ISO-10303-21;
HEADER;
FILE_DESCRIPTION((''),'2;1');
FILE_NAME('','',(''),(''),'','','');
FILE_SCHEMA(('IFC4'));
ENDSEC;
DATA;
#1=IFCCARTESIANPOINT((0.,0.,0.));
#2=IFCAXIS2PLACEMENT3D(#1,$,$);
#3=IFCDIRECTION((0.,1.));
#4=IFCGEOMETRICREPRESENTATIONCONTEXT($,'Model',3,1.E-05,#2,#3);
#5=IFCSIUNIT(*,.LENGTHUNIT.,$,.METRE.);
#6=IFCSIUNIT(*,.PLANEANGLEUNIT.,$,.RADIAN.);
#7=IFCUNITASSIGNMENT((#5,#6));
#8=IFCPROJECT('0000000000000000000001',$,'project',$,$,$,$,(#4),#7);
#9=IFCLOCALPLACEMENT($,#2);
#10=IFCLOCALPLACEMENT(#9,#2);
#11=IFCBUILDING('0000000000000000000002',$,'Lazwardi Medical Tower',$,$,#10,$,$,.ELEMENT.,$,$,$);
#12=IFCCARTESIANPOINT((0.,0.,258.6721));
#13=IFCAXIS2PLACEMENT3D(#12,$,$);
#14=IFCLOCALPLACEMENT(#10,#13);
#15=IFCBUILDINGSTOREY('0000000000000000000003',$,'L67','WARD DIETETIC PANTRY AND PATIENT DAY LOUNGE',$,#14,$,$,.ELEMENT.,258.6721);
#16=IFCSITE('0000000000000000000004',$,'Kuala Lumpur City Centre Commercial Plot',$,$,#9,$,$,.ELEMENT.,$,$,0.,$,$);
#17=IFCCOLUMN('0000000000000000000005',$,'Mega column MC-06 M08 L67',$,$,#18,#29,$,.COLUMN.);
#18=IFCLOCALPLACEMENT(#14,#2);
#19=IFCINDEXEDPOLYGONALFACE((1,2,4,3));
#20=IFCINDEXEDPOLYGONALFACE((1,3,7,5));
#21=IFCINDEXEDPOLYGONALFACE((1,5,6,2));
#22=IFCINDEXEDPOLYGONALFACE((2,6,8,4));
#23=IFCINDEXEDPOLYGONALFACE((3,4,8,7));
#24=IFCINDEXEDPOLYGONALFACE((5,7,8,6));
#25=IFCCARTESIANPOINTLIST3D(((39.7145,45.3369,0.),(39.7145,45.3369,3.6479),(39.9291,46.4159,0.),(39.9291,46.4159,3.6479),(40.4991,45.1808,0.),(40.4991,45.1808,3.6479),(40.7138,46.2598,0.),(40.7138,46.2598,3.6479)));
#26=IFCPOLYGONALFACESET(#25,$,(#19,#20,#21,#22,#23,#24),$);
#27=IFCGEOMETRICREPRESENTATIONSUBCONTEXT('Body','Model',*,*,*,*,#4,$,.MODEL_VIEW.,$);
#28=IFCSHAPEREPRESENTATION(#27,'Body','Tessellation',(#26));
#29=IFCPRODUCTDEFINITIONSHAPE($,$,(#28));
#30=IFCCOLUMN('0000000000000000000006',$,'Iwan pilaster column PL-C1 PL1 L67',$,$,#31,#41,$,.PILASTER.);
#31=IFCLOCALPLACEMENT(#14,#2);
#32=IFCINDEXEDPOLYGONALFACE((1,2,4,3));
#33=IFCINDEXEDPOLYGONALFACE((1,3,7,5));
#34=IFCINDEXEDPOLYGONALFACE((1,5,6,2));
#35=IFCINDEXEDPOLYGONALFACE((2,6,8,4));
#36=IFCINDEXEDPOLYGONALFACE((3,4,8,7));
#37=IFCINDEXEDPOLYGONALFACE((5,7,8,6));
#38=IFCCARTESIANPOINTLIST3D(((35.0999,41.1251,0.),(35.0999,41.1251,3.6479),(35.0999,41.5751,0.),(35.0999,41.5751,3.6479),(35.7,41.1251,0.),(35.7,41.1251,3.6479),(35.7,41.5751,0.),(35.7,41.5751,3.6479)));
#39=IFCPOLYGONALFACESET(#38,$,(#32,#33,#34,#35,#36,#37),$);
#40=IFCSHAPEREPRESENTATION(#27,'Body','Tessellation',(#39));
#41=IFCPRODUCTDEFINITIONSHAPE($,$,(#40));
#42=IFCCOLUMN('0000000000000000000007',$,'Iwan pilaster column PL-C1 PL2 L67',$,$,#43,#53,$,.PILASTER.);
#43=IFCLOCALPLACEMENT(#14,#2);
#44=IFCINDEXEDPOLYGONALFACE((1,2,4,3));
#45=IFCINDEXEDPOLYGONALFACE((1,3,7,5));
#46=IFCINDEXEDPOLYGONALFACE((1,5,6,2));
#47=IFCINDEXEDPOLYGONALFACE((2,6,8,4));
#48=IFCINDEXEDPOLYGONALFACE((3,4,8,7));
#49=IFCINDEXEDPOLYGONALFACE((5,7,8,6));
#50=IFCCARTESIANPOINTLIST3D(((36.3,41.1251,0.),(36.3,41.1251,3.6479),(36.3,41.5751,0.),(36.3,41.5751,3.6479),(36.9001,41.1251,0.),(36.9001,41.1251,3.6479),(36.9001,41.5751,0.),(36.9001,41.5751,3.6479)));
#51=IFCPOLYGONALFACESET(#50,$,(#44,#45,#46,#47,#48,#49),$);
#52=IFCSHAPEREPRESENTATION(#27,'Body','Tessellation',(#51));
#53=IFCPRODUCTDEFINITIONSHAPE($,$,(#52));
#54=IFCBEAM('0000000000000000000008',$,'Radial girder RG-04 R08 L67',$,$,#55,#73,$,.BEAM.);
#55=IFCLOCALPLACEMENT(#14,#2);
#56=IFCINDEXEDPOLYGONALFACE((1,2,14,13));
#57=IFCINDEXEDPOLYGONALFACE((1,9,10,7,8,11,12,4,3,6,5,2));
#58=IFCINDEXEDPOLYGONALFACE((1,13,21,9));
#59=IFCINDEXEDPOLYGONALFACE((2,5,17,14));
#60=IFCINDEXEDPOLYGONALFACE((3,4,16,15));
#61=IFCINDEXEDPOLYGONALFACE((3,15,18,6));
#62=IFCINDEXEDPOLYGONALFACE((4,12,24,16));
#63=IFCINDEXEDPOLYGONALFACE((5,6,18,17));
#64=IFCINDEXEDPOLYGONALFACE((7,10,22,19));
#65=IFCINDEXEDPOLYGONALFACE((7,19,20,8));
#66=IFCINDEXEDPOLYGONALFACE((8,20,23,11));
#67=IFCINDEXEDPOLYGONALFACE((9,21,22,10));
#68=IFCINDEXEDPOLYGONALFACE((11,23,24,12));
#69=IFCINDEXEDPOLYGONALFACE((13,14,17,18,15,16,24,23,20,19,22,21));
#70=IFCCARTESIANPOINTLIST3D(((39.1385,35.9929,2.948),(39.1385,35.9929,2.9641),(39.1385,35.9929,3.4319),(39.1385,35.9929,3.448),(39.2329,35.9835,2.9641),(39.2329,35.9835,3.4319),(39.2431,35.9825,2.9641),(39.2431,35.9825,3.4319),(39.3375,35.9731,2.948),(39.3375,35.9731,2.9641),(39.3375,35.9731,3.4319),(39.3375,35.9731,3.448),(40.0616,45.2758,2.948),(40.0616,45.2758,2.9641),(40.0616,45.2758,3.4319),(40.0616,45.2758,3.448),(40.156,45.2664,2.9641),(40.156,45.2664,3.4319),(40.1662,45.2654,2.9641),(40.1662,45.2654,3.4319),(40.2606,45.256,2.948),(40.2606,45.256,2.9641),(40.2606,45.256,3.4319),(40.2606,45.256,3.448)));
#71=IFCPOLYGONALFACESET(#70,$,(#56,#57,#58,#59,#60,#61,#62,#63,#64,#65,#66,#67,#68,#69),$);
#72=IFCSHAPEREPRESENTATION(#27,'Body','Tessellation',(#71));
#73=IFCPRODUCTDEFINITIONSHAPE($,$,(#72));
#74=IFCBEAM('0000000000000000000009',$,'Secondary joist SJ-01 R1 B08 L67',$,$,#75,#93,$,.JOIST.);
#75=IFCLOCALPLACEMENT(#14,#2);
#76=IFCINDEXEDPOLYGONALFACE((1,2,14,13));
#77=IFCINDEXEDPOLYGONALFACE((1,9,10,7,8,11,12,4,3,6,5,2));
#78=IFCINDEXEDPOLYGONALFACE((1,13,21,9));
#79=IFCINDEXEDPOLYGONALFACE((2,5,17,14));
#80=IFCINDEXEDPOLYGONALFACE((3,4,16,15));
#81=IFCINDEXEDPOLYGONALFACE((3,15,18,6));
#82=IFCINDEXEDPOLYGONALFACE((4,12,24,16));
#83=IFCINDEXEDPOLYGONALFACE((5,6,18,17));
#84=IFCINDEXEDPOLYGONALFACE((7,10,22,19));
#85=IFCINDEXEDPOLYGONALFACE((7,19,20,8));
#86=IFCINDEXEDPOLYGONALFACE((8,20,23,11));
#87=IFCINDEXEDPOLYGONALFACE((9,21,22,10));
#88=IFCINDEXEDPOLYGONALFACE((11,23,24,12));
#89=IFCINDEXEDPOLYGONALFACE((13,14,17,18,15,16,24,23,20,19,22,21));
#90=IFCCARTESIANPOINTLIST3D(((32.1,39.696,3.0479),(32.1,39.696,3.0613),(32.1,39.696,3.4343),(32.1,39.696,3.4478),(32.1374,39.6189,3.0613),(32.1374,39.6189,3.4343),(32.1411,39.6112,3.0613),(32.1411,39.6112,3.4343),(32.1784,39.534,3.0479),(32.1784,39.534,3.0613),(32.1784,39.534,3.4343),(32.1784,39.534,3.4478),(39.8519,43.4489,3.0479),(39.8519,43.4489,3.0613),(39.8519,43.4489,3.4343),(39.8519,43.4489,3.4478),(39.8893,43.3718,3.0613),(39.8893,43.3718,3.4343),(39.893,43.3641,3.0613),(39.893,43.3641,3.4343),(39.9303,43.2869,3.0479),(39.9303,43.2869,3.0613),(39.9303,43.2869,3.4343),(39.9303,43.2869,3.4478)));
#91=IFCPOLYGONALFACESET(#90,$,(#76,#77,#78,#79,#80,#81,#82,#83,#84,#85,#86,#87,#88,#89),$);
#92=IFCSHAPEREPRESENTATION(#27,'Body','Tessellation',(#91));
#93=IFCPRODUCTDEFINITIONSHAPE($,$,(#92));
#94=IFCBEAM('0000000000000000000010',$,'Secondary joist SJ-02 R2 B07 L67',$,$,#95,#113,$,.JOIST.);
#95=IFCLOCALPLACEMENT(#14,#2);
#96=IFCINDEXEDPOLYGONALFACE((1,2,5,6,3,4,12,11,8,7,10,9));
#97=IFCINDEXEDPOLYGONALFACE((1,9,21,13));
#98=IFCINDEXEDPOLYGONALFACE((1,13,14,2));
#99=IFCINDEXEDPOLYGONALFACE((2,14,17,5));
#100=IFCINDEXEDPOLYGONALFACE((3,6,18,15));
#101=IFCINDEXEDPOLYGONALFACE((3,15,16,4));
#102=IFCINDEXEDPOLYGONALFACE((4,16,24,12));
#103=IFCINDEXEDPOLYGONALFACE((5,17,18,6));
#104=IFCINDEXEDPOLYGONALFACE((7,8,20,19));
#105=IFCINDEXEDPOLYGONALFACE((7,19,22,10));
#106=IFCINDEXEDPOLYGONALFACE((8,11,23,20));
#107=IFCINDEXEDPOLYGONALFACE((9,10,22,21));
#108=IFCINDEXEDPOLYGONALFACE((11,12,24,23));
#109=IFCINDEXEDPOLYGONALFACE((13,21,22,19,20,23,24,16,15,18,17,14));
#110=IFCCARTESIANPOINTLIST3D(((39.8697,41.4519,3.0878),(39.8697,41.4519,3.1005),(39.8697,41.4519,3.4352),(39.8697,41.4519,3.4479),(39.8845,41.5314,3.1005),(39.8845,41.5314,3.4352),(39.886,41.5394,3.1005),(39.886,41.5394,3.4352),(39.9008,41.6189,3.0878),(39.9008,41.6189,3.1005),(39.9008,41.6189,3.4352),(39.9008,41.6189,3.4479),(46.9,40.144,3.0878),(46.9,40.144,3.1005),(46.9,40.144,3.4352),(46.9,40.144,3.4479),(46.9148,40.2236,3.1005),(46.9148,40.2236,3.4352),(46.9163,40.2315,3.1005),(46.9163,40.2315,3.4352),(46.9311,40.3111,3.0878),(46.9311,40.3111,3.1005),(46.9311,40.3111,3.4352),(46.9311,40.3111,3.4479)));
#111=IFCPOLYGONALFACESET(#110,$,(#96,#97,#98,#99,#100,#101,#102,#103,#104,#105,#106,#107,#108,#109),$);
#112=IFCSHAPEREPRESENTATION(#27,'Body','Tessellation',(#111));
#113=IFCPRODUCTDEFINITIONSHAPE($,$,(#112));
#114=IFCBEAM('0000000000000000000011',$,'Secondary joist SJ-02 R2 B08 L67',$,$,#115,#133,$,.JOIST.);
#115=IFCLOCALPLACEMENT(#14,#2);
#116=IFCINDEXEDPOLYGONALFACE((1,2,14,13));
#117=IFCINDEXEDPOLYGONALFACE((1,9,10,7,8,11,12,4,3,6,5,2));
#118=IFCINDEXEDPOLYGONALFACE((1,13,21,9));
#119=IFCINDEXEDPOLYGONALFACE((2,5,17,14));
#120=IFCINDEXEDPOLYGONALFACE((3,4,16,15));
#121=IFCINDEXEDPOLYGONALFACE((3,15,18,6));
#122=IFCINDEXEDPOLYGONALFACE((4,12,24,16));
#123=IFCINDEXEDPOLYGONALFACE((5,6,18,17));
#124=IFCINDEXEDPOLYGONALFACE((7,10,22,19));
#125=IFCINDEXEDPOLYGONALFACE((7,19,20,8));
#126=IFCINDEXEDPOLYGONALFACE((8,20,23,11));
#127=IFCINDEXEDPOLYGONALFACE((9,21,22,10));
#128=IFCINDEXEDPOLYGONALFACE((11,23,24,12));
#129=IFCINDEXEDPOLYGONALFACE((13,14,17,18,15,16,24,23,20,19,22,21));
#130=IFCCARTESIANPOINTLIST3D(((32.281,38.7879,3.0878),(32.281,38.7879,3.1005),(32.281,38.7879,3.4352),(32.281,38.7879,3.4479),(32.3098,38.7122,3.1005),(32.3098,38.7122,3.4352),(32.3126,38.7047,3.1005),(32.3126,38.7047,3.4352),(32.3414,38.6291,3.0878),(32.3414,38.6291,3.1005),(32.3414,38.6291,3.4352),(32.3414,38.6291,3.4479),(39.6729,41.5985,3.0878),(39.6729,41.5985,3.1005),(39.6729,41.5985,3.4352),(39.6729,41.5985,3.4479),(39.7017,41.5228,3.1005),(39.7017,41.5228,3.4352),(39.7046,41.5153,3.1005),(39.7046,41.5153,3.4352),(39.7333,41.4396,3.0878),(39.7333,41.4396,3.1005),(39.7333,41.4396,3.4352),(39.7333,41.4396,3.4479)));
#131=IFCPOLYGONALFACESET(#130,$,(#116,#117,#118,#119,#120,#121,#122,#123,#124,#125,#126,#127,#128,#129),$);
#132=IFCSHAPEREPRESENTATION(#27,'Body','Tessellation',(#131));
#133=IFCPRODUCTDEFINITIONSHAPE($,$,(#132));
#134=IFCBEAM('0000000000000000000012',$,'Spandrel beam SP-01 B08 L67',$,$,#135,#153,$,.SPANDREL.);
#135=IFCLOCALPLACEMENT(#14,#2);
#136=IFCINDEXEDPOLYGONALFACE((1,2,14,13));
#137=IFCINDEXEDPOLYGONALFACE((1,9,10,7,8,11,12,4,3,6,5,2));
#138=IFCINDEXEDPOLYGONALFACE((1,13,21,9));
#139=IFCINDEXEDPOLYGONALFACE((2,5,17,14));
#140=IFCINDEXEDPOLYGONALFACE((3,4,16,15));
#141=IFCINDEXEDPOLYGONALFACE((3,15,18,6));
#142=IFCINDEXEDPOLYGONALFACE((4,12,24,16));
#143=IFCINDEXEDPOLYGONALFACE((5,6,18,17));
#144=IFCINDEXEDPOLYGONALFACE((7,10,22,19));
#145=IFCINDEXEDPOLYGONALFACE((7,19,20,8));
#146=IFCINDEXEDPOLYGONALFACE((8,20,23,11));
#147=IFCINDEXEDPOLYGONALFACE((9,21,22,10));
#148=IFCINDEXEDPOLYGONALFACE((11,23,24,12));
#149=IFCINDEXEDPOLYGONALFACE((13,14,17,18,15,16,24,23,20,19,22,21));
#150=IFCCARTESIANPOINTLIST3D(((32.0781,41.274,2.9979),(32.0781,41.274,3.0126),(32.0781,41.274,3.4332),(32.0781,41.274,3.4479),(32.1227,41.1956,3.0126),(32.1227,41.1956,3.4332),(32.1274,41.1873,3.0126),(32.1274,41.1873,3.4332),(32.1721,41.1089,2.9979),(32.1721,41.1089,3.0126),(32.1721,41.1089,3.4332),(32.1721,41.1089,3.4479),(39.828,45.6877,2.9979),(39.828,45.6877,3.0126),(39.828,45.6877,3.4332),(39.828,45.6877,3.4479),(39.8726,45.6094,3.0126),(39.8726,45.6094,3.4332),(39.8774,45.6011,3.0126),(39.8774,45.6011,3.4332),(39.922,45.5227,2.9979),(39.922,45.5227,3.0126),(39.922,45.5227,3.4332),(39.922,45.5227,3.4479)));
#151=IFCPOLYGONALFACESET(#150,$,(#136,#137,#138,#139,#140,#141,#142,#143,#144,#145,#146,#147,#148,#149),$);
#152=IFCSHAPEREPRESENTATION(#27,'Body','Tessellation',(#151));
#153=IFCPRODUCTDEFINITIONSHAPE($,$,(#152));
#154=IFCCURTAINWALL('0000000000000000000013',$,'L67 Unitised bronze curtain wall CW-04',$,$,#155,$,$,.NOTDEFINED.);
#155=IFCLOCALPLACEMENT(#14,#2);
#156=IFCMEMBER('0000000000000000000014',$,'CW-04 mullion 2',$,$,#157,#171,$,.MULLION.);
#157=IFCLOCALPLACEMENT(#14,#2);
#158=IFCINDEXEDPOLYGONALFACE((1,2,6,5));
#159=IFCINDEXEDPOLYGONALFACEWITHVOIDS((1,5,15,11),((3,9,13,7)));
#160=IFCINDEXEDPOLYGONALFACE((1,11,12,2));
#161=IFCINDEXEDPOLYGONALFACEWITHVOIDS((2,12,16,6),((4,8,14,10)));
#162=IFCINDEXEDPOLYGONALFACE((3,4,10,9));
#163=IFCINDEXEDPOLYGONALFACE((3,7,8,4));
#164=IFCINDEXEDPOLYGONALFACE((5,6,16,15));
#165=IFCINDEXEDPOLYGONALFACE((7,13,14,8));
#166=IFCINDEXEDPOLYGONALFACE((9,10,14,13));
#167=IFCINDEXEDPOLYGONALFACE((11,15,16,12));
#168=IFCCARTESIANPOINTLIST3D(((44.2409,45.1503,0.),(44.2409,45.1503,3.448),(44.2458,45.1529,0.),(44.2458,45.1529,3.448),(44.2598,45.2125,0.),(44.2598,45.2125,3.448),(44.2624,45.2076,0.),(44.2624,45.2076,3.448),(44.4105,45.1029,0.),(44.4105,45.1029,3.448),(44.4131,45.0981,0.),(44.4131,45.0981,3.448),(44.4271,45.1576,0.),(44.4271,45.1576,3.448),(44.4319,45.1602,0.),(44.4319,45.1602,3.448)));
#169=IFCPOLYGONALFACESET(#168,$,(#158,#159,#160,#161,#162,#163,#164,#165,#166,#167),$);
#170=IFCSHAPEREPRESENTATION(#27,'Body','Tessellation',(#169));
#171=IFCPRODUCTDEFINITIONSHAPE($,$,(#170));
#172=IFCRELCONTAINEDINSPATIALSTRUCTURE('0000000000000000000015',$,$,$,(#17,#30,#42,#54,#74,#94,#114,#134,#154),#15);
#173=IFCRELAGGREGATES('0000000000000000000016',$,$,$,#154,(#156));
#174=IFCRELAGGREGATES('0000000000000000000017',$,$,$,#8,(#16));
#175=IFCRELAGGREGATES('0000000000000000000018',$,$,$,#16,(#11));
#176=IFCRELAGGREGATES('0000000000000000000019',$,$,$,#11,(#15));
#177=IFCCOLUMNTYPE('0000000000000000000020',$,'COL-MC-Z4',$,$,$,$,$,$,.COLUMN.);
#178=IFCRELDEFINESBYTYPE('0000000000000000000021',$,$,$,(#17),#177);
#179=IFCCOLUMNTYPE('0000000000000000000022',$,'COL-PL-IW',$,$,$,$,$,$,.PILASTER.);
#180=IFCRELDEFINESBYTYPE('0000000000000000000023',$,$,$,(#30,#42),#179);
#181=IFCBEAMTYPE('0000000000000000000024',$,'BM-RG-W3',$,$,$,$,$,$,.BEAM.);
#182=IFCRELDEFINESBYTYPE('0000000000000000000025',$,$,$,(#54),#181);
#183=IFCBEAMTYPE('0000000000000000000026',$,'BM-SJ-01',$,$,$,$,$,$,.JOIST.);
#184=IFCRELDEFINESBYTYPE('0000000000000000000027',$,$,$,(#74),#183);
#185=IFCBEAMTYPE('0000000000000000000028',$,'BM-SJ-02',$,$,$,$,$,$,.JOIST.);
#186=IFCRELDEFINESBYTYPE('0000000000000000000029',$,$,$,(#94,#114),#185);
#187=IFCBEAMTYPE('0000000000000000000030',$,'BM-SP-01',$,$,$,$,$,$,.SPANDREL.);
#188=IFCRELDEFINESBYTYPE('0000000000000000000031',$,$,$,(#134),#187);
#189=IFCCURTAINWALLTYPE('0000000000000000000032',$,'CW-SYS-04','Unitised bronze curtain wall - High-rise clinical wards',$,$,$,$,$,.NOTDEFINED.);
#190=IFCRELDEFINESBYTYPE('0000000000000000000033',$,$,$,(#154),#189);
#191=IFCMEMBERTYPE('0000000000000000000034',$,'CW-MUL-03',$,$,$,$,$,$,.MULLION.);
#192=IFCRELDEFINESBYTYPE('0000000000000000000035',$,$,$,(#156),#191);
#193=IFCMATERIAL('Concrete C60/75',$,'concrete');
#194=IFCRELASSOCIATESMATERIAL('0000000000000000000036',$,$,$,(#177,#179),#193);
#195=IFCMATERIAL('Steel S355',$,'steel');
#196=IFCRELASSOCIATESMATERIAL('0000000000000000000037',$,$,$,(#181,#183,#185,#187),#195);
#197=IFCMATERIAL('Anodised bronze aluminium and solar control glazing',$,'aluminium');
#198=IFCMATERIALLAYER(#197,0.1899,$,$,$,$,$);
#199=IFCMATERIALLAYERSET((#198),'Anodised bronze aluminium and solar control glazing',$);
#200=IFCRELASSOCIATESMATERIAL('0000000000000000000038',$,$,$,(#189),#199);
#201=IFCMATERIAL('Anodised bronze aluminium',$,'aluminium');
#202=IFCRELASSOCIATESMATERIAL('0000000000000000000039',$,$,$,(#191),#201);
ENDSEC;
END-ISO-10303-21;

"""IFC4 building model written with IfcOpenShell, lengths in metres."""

from ifc_helpers import new_model, si_unit, direction, frame, origin, origin_2d, place, context, subcontext, project, spatial, rectangle, hollow_rectangle, i_section, extrude, material, layer, layer_set, material_profile, profile_set, type_object, element, aggregate, save


model = new_model("IFC4")

# Units and contexts
model_context = context("Model", 3, precision=1e-05, world=origin(), true_north=direction((0.0, 1.0)))
body_context = subcontext(model_context, "Body", "Model", "MODEL_VIEW")
ifc_project = project(units=[si_unit("LENGTHUNIT", "METRE"), si_unit("PLANEANGLEUNIT", "RADIAN")], contexts=[model_context])

# Site, building, storey
site_placement = place(None, origin())
site = spatial("IfcSite", under=ifc_project, at=site_placement, Name="Kuala Lumpur City Centre Commercial Plot", CompositionType="ELEMENT", RefElevation=0.0)
building_placement = place(site_placement, origin())
building = spatial("IfcBuilding", under=site, at=building_placement, Name="Lazwardi Medical Tower", CompositionType="ELEMENT")
storey_placement = place(building_placement, frame((0.0, 0.0, 258.6721)))
storey = spatial("IfcBuildingStorey", under=building, at=storey_placement, Name="L67", Description="WARD DIETETIC PANTRY AND PATIENT DAY LOUNGE", CompositionType="ELEMENT", Elevation=258.6721)

# Columns
ifc_material_1 = material(Name="Concrete C60/75", Category="concrete")
ifc_material_profile_1 = material_profile(ifc_material_1, rectangle(XDim=1.1001, YDim=0.8, at=origin_2d()), Name="CFT-RECT 1100x800")
ifc_profile_set_1 = profile_set([ifc_material_profile_1], Name="Concrete C60/75")
column_type_1 = type_object("IfcColumnType", Name="COL-MC-Z4", PredefinedType="COLUMN", material=ifc_profile_set_1)
column_placement = place(storey_placement, frame((40.2141, 45.7983, 0.0), z_axis=(0.0, 0.0, 1.0), x_axis=(0.19509, 0.980785, 0.0)))
element("IfcColumn", 1, at=column_placement, inside=storey, type_object=column_type_1, Name="Mega column MC-06 M08 L67", PredefinedType="COLUMN", context=body_context, shape_type="SweptSolid", body=[
    extrude(rectangle(XDim=1.1001, YDim=0.8, at=origin_2d()), origin(), (0.0, 0.0, 1.0), 3.6479),
])
ifc_material_profile_2 = material_profile(ifc_material_1, rectangle(XDim=0.6001, YDim=0.45, at=origin_2d()), Name="RC 600x450")
ifc_profile_set_2 = profile_set([ifc_material_profile_2], Name="Concrete C60/75")
column_type_2 = type_object("IfcColumnType", Name="COL-PL-IW", PredefinedType="PILASTER", material=ifc_profile_set_2)
for number, where, z_axis, x_axis, name in (
    (2, (35.3999, 41.3501, 0.0), (0.0, 0.0, 1.0), (1.0, 0.0, 0.0), "Iwan pilaster column PL-C1 PL1 L67"),
    (3, (36.6001, 41.3501, 0.0), (0.0, 0.0, 1.0), (1.0, 0.0, 0.0), "Iwan pilaster column PL-C1 PL2 L67"),
):
    element("IfcColumn", number, at=place(storey_placement, frame(where, z_axis=z_axis, x_axis=x_axis)), inside=storey, type_object=column_type_2, Name=name, PredefinedType="PILASTER", context=body_context, shape_type="SweptSolid", body=[
        extrude(rectangle(XDim=0.6001, YDim=0.45, at=origin_2d()), origin(), (0.0, 0.0, 1.0), 3.6479),
    ])

# Beams
ifc_material_2 = material(Name="Steel S355", Category="steel")
ifc_material_profile_3 = material_profile(ifc_material_2, i_section(OverallWidth=0.2, OverallDepth=0.5, WebThickness=0.0103, FlangeThickness=0.0161, at=origin_2d()), Name="IPE 500")
ifc_profile_set_3 = profile_set([ifc_material_profile_3], Name="Steel S355")
beam_type_1 = type_object("IfcBeamType", Name="BM-RG-W3", PredefinedType="BEAM", material=ifc_profile_set_3)
beam_1_placement = place(storey_placement, frame((40.1611, 45.2659, 3.198), z_axis=(-0.098954, -0.995092, 0.0), x_axis=(0.995092, -0.098954, 0.0)))
element("IfcBeam", 4, at=beam_1_placement, inside=storey, type_object=beam_type_1, Name="Radial girder RG-04 R08 L67", PredefinedType="BEAM", context=body_context, shape_type="SweptSolid", body=[
    extrude(i_section(OverallWidth=0.2, OverallDepth=0.5, WebThickness=0.0103, FlangeThickness=0.0161, at=origin_2d()), origin(), (0.0, 0.0, 1.0), 9.3286),
])
ifc_material_profile_4 = material_profile(ifc_material_2, i_section(OverallWidth=0.1799, OverallDepth=0.3999, WebThickness=0.0085, FlangeThickness=0.0134, at=origin_2d()), Name="IPE 400")
ifc_profile_set_4 = profile_set([ifc_material_profile_4], Name="Steel S355")
beam_type_2 = type_object("IfcBeamType", Name="BM-SJ-01", PredefinedType="JOIST", material=ifc_profile_set_4)
beam_2_placement = place(storey_placement, frame((39.8911, 43.3679, 3.2478), z_axis=(-0.900069, -0.435748, 0.0), x_axis=(0.435748, -0.900069, 0.0)))
element("IfcBeam", 5, at=beam_2_placement, inside=storey, type_object=beam_type_2, Name="Secondary joist SJ-01 R1 B08 L67", PredefinedType="JOIST", context=body_context, shape_type="SweptSolid", body=[
    extrude(i_section(OverallWidth=0.1799, OverallDepth=0.3999, WebThickness=0.0085, FlangeThickness=0.0134, at=origin_2d()), origin(), (0.0, 0.0, 1.0), 8.6125),
])
ifc_material_profile_5 = material_profile(ifc_material_2, i_section(OverallWidth=0.1699, OverallDepth=0.3601, WebThickness=0.0081, FlangeThickness=0.0127, at=origin_2d()), Name="IPE 360")
ifc_profile_set_5 = profile_set([ifc_material_profile_5], Name="Steel S355")
beam_type_3 = type_object("IfcBeamType", Name="BM-SJ-02", PredefinedType="JOIST", material=ifc_profile_set_5)
beam_3_placement = place(storey_placement, frame((46.9155, 40.2275, 3.2678), z_axis=(-0.983132, 0.182895, 0.0), x_axis=(-0.182895, -0.983132, 0.0)))
element("IfcBeam", 6, at=beam_3_placement, inside=storey, type_object=beam_type_3, Name="Secondary joist SJ-02 R2 B07 L67", PredefinedType="JOIST", context=body_context, shape_type="SweptSolid", body=[
    extrude(i_section(OverallWidth=0.1699, OverallDepth=0.3601, WebThickness=0.0081, FlangeThickness=0.0127, at=origin_2d()), origin(), (0.0, 0.0, 1.0), 7.1509),
])
beam_4_placement = place(storey_placement, frame((39.7031, 41.519, 3.2678), z_axis=(-0.934714, -0.3554, 0.0), x_axis=(0.3554, -0.934714, 0.0)))
element("IfcBeam", 7, at=beam_4_placement, inside=storey, type_object=beam_type_3, Name="Secondary joist SJ-02 R2 B08 L67", PredefinedType="JOIST", context=body_context, shape_type="SweptSolid", body=[
    extrude(i_section(OverallWidth=0.1699, OverallDepth=0.3601, WebThickness=0.0081, FlangeThickness=0.0127, at=origin_2d()), origin(), (0.0, 0.0, 1.0), 7.9082),
])
ifc_material_profile_6 = material_profile(ifc_material_2, i_section(OverallWidth=0.1899, OverallDepth=0.45, WebThickness=0.0095, FlangeThickness=0.0146, at=origin_2d()), Name="IPE 450")
ifc_profile_set_6 = profile_set([ifc_material_profile_6], Name="Steel S355")
beam_type_4 = type_object("IfcBeamType", Name="BM-SP-01", PredefinedType="SPANDREL", material=ifc_profile_set_6)
beam_5_placement = place(storey_placement, frame((39.875, 45.6052, 3.2229), z_axis=(-0.868955, -0.494891, 0.0), x_axis=(0.494891, -0.868955, 0.0)))
element("IfcBeam", 8, at=beam_5_placement, inside=storey, type_object=beam_type_4, Name="Spandrel beam SP-01 B08 L67", PredefinedType="SPANDREL", context=body_context, shape_type="SweptSolid", body=[
    extrude(i_section(OverallWidth=0.1899, OverallDepth=0.45, WebThickness=0.0095, FlangeThickness=0.0146, at=origin_2d()), origin(), (0.0, 0.0, 1.0), 8.9187),
])

# Curtain wall, member
ifc_material_3 = material(Name="Anodised bronze aluminium and solar control glazing", Category="aluminium")
ifc_layer_1 = layer(ifc_material_3, 0.1899)
ifc_layer_set_1 = layer_set([ifc_layer_1], Name="Anodised bronze aluminium and solar control glazing")
curtain_wall_type = type_object("IfcCurtainWallType", Name="CW-SYS-04", Description="Unitised bronze curtain wall - High-rise clinical wards", PredefinedType="NOTDEFINED", material=ifc_layer_set_1)
curtain_wall_placement = place(storey_placement, origin())
curtain_wall = element("IfcCurtainWall", 9, at=curtain_wall_placement, inside=storey, type_object=curtain_wall_type, Name="L67 Unitised bronze curtain wall CW-04", PredefinedType="NOTDEFINED")
ifc_material_4 = material(Name="Anodised bronze aluminium", Category="aluminium")
ifc_material_profile_7 = material_profile(ifc_material_4, hollow_rectangle(XDim=0.0649, YDim=0.1799, WallThickness=0.0039, at=origin_2d()), Name="ALU-MULLION 180x65x4")
ifc_profile_set_7 = profile_set([ifc_material_profile_7], Name="Anodised bronze aluminium")
member_type_1 = type_object("IfcMemberType", Name="CW-MUL-03", PredefinedType="MULLION", material=ifc_profile_set_7)
member_1_placement = place(storey_placement, frame((44.3364, 45.1553, 0.0), z_axis=(0.0, 0.0, 1.0), x_axis=(-0.290582, -0.95685, 0.0)))
member_1 = element("IfcMember", 10, at=member_1_placement, type_object=member_type_1, Name="CW-04 mullion 2", PredefinedType="MULLION", context=body_context, shape_type="SweptSolid", body=[
    extrude(hollow_rectangle(XDim=0.0649, YDim=0.1799, WallThickness=0.0039, at=origin_2d()), origin(), (0.0, 0.0, 1.0), 3.448),
])
aggregate(curtain_wall, [member_1])

save(model, "model.ifc")
